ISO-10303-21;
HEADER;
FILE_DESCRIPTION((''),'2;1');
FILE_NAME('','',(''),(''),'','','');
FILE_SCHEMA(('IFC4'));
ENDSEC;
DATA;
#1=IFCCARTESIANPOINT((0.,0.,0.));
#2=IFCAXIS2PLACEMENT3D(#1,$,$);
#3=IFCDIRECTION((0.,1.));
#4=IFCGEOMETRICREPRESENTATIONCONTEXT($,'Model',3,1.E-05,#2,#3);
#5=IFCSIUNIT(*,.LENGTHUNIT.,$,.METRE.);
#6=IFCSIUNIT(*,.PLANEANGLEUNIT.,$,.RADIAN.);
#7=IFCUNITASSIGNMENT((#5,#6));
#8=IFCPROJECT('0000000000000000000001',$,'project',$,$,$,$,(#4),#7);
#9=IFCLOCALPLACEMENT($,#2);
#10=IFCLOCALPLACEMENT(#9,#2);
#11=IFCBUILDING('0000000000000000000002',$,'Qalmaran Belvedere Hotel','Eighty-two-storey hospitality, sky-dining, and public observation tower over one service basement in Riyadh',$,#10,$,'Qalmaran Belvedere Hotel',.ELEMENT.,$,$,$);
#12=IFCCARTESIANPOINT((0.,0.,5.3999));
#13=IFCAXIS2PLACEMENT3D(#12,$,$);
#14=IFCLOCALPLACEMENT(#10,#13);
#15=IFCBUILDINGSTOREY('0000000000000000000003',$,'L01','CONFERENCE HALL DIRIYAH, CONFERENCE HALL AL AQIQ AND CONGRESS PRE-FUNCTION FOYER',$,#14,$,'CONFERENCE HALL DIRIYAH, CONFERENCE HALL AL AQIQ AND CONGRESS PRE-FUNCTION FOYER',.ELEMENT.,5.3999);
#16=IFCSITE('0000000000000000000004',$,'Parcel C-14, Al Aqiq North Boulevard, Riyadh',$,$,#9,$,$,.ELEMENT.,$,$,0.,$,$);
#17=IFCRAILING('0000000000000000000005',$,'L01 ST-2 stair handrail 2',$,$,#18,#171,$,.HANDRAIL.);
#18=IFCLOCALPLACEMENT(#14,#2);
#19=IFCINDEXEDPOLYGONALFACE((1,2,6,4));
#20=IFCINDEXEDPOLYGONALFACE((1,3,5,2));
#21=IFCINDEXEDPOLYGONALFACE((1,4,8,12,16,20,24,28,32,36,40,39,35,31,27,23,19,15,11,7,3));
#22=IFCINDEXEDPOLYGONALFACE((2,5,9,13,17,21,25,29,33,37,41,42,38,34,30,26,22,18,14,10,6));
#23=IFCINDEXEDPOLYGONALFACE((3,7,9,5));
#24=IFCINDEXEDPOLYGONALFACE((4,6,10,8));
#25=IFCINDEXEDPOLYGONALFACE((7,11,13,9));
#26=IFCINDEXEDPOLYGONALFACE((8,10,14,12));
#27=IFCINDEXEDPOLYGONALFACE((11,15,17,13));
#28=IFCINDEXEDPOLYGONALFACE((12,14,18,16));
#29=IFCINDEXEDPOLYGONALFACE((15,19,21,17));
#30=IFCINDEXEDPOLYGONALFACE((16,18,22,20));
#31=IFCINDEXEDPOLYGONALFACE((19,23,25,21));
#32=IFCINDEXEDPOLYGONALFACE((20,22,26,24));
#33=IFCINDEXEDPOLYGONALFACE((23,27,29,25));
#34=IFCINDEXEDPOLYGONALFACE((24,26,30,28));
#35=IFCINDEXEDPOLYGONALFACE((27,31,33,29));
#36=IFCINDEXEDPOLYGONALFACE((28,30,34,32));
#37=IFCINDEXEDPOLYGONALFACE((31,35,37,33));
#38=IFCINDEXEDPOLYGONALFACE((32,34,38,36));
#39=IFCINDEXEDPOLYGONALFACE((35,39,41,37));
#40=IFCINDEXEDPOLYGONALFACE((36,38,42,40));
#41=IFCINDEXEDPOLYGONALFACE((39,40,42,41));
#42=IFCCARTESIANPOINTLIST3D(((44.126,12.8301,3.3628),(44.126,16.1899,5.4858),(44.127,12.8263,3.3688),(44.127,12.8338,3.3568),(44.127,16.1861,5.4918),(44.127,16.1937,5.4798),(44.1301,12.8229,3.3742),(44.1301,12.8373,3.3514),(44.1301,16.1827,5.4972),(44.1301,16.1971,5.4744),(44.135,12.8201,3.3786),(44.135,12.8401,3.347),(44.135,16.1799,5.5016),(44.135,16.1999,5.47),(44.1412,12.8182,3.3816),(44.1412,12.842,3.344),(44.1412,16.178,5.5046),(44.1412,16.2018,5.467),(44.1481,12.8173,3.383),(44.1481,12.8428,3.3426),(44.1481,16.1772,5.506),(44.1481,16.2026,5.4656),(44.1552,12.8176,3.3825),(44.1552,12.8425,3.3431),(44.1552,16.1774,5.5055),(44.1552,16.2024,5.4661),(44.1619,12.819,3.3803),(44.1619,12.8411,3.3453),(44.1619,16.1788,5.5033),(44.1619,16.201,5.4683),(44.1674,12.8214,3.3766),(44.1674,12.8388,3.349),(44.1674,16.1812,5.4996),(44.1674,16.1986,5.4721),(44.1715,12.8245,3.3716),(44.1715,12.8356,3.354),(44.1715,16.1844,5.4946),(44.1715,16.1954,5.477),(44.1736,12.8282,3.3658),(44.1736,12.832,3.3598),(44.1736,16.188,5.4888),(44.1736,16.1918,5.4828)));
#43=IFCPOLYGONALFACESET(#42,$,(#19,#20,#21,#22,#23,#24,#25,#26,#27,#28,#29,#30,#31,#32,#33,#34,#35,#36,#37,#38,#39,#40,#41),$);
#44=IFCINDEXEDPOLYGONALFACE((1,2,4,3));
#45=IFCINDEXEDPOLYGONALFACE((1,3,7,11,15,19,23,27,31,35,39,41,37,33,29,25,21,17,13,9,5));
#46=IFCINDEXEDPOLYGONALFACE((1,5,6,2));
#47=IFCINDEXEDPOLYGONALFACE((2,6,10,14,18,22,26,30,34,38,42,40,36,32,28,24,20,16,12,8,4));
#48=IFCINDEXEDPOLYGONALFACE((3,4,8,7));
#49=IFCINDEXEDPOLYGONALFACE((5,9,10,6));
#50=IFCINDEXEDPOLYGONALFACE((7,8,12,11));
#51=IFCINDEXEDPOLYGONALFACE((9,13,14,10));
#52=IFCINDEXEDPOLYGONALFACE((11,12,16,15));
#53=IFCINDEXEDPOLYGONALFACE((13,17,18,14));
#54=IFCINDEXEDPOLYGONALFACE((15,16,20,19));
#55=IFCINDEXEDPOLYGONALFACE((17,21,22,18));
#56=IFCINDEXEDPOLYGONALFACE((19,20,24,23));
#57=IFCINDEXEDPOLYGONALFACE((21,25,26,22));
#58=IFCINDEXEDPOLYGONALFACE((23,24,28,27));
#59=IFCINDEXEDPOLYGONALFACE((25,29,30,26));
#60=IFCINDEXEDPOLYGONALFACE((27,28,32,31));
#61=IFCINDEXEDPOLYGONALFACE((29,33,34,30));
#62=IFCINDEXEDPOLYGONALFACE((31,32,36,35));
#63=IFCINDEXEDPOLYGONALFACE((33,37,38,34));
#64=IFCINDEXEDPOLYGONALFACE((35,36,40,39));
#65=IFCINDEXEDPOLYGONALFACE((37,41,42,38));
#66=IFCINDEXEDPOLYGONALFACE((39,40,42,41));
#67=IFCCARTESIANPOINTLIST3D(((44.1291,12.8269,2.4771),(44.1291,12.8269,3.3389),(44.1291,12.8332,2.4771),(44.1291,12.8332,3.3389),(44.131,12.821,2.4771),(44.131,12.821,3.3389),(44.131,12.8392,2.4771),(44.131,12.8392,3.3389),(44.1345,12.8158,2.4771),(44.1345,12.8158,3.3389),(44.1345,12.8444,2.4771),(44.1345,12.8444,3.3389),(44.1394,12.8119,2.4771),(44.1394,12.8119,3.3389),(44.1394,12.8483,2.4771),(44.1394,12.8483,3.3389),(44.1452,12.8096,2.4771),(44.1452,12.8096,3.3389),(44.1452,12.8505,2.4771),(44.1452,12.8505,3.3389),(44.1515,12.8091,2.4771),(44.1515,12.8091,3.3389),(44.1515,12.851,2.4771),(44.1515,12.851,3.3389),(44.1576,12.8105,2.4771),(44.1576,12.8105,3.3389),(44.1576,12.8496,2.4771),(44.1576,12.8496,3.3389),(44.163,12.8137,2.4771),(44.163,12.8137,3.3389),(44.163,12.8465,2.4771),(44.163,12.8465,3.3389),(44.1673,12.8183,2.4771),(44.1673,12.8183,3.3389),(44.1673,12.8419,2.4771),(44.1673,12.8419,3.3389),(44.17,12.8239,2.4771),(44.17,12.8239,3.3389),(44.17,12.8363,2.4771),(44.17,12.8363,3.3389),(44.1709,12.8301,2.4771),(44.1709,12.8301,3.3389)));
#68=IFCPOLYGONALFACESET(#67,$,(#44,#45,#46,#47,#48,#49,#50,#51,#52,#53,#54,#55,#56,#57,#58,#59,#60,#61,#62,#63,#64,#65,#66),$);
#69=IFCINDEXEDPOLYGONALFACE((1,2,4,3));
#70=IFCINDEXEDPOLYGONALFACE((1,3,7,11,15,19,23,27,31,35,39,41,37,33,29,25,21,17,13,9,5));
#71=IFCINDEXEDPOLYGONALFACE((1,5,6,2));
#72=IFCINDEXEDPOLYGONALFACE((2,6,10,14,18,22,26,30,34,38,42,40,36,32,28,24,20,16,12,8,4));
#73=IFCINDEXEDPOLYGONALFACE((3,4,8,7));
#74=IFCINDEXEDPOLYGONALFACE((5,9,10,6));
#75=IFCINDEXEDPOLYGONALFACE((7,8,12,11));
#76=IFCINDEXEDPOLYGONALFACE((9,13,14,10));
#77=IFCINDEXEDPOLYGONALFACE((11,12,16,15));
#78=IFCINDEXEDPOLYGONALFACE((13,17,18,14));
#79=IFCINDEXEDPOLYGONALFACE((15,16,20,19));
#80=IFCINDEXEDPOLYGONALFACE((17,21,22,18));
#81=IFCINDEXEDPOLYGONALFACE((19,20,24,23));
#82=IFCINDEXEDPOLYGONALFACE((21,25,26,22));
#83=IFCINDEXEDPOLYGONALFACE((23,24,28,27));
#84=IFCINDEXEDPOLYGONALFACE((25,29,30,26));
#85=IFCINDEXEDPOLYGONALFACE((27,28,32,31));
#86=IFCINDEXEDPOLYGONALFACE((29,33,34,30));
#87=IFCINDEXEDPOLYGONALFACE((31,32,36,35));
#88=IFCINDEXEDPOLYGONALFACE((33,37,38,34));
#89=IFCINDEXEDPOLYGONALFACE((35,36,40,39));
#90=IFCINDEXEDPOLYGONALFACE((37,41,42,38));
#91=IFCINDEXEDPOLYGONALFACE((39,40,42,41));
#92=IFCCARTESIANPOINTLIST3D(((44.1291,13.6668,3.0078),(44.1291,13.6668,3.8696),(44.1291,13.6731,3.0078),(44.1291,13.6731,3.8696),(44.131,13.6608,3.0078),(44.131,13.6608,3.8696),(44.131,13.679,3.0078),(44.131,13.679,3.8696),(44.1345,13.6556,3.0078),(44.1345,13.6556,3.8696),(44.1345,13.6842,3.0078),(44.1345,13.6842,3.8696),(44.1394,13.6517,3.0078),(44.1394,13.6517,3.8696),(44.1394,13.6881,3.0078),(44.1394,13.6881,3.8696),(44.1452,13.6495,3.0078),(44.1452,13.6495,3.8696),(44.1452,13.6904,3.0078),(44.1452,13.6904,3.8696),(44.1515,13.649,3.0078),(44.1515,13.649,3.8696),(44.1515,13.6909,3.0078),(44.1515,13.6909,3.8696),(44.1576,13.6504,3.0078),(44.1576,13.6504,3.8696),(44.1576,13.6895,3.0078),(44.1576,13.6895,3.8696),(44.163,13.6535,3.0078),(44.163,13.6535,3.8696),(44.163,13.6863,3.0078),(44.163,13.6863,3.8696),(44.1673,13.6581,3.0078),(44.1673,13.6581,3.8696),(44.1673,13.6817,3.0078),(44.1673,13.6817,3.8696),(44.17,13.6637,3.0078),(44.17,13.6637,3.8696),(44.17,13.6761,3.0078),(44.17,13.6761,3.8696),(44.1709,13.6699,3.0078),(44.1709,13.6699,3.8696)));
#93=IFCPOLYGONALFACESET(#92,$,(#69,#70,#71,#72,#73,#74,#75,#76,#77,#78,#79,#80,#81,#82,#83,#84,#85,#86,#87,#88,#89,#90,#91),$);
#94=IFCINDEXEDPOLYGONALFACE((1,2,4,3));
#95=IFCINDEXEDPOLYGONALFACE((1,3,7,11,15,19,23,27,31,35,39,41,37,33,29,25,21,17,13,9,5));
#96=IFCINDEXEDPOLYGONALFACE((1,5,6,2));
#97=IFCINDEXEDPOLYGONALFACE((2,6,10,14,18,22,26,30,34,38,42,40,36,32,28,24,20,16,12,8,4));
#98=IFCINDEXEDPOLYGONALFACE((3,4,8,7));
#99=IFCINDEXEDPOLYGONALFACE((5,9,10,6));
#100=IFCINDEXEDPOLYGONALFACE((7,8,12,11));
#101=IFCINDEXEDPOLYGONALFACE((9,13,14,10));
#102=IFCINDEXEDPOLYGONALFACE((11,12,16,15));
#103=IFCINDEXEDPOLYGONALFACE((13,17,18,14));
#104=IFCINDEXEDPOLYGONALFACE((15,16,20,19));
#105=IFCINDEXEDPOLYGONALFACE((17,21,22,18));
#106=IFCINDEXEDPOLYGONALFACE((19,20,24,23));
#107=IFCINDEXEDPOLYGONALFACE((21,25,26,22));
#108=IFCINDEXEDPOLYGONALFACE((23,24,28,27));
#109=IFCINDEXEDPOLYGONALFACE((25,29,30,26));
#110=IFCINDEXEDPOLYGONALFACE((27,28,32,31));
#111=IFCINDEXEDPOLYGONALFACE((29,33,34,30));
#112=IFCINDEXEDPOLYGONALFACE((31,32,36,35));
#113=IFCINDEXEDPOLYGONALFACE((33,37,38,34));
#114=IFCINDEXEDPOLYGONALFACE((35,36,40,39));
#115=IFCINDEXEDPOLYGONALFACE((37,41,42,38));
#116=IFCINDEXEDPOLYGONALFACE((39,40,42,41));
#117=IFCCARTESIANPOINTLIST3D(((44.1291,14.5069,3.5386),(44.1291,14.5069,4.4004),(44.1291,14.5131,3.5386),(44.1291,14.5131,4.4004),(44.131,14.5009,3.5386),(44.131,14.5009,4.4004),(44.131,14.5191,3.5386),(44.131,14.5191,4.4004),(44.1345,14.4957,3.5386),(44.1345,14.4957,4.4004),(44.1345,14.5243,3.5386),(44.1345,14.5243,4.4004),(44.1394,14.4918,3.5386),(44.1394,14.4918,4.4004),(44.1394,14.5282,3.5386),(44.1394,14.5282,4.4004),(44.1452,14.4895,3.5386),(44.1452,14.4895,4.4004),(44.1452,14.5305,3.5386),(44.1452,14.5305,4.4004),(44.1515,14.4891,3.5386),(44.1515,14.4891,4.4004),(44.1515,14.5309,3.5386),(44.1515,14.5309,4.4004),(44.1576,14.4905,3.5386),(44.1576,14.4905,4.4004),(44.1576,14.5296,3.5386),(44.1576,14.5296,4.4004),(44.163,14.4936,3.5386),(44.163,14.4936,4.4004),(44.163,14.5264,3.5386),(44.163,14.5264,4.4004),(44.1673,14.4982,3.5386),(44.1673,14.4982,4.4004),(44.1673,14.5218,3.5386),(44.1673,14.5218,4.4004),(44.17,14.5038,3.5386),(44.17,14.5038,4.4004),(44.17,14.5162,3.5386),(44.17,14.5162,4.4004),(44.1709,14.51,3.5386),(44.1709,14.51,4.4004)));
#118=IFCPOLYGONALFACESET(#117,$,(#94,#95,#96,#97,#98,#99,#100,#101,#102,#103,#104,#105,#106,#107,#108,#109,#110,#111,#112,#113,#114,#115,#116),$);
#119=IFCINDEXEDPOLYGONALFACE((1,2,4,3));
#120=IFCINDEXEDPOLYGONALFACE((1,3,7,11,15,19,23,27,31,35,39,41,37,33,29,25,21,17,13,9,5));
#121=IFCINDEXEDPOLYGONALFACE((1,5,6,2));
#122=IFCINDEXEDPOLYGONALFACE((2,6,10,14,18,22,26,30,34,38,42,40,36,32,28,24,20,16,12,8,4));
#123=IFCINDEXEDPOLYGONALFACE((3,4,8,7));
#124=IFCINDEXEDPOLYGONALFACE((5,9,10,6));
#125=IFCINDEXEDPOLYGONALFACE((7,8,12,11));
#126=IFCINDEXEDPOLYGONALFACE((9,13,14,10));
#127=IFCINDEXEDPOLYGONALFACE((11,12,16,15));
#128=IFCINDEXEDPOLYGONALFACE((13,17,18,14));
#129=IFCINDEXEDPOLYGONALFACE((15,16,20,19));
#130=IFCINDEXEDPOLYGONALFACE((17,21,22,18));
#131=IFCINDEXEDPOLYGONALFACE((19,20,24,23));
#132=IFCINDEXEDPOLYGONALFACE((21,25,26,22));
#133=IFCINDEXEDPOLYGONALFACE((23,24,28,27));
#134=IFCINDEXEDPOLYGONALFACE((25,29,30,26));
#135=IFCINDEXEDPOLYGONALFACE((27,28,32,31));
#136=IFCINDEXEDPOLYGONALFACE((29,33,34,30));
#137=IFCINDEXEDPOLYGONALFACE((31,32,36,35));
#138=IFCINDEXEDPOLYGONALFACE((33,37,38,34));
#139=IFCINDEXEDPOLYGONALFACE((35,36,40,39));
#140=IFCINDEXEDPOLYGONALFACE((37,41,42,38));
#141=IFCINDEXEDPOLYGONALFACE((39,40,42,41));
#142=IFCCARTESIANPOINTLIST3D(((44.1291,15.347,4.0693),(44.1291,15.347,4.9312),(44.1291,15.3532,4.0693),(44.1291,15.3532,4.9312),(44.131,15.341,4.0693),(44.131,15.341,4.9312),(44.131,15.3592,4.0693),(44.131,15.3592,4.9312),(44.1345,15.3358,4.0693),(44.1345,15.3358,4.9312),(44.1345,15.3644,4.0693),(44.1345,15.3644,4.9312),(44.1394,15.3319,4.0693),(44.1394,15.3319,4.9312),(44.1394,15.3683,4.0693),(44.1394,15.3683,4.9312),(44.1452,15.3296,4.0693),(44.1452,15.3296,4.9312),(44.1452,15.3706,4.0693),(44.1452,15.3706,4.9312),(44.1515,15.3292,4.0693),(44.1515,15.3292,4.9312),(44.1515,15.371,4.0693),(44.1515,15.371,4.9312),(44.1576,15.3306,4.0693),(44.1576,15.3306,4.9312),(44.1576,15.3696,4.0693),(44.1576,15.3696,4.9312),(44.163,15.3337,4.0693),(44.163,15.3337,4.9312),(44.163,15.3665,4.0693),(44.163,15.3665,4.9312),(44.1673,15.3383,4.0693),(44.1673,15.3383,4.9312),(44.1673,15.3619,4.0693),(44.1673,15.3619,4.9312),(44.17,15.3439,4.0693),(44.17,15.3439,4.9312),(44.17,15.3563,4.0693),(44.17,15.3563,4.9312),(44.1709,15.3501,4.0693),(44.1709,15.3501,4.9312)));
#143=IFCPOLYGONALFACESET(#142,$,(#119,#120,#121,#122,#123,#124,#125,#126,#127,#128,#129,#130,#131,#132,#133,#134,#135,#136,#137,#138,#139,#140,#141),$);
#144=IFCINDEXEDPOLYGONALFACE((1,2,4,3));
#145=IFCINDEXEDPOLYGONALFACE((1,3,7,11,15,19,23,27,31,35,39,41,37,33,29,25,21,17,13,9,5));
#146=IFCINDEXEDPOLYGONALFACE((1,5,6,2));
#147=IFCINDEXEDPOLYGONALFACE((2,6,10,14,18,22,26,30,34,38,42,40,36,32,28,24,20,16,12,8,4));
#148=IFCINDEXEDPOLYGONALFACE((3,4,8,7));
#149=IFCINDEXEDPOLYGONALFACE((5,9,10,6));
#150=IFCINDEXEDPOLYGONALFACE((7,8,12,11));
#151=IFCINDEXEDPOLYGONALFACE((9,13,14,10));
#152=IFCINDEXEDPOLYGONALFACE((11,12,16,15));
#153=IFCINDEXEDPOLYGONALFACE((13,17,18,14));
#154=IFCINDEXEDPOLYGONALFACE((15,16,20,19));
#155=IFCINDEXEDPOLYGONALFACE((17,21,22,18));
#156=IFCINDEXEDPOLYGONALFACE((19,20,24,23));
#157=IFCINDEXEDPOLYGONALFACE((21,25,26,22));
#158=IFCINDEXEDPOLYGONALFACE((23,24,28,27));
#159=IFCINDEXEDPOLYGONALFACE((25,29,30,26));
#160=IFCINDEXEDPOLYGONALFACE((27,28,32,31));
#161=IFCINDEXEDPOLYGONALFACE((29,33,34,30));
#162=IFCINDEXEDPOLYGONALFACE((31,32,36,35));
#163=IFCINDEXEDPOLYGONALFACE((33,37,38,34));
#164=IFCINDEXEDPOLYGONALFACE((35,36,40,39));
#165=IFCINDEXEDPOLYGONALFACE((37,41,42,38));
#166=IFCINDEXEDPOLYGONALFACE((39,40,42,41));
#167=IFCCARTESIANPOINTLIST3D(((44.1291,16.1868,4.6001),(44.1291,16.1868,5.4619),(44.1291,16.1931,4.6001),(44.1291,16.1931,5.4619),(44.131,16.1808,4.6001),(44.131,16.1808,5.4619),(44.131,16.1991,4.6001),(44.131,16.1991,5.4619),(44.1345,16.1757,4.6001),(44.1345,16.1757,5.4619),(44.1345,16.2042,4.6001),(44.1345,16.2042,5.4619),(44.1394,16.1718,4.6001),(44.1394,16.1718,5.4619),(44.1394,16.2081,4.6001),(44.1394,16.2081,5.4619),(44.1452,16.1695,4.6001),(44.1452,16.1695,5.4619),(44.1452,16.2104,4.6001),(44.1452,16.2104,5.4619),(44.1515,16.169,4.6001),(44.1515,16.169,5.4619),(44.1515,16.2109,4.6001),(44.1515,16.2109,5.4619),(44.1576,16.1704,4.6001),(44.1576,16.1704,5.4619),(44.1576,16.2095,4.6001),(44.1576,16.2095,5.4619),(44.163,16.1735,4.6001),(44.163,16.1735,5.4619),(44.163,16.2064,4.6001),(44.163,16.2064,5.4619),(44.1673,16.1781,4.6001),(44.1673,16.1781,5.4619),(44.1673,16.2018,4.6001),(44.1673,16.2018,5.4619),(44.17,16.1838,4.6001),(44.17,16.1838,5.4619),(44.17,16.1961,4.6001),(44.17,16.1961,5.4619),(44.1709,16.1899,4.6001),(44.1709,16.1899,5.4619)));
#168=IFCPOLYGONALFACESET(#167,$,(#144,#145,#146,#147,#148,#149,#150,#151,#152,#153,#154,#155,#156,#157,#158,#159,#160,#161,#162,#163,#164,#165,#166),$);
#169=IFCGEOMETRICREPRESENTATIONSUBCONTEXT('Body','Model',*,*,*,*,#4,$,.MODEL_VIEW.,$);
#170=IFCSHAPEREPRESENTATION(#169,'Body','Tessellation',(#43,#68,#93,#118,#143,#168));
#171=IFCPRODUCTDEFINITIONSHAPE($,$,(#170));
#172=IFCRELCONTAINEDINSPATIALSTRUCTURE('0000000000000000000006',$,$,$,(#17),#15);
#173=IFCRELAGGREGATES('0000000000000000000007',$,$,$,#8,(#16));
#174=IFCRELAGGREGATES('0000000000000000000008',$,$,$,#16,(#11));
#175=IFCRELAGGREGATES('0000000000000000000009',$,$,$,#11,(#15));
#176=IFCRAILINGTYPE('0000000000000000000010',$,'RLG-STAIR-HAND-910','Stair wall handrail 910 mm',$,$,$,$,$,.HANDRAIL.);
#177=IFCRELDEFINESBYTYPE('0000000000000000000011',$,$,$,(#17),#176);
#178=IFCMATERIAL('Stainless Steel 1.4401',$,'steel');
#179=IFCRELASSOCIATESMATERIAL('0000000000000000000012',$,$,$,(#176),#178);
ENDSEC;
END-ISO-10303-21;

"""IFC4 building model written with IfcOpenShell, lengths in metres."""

from ifc_helpers import new_model, si_unit, direction, frame, origin, origin_2d, place, context, subcontext, project, spatial, circle, extrude, material, type_object, element, save


model = new_model("IFC4")

# Units and contexts
model_context = context("Model", 3, precision=1e-05, world=origin(), true_north=direction((0.0, 1.0)))
body_context = subcontext(model_context, "Body", "Model", "MODEL_VIEW")
ifc_project = project(units=[si_unit("LENGTHUNIT", "METRE"), si_unit("PLANEANGLEUNIT", "RADIAN")], contexts=[model_context])

# Site, building, storey
site_placement = place(None, origin())
site = spatial("IfcSite", under=ifc_project, at=site_placement, Name="Parcel C-14, Al Aqiq North Boulevard, Riyadh", CompositionType="ELEMENT", RefElevation=0.0)
building_placement = place(site_placement, origin())
building = spatial("IfcBuilding", under=site, at=building_placement, Name="Qalmaran Belvedere Hotel", Description="Eighty-two-storey hospitality, sky-dining, and public observation tower over one service basement in Riyadh", LongName="Qalmaran Belvedere Hotel", CompositionType="ELEMENT")
storey_placement = place(building_placement, frame((0.0, 0.0, 5.3999)))
storey = spatial("IfcBuildingStorey", under=building, at=storey_placement, Name="L01", Description="CONFERENCE HALL DIRIYAH, CONFERENCE HALL AL AQIQ AND CONGRESS PRE-FUNCTION FOYER", LongName="CONFERENCE HALL DIRIYAH, CONFERENCE HALL AL AQIQ AND CONGRESS PRE-FUNCTION FOYER", CompositionType="ELEMENT", Elevation=5.3999)

# Shared definitions
ifc_material_1 = material(Name="Stainless Steel 1.4401", Category="steel")

# Railing
railing_type_1 = type_object("IfcRailingType", Name="RLG-STAIR-HAND-910", Description="Stair wall handrail 910 mm", PredefinedType="HANDRAIL", material=ifc_material_1)
railing_1_placement = place(storey_placement, frame((44.1499, 12.8301, 2.4771)))
element("IfcRailing", 1, at=railing_1_placement, inside=storey, type_object=railing_type_1, Name="L01 ST-2 stair handrail 2", PredefinedType="HANDRAIL", context=body_context, shape_type="SweptSolid", body=[
    extrude(circle(Radius=0.0239, at=origin_2d()), frame((0.0, 0.0, 0.8857), z_axis=(0.0, 0.845372, 0.534178), x_axis=(-1.0, 0.0, 0.0)), (0.0, 0.0, 1.0), 3.9744),
    extrude(circle(Radius=0.021, at=origin_2d()), origin(), (0.0, 0.0, 1.0), 0.8618),
    extrude(circle(Radius=0.021, at=origin_2d()), frame((0.0, 0.8398, 0.5308)), (0.0, 0.0, 1.0), 0.8618),
    extrude(circle(Radius=0.021, at=origin_2d()), frame((0.0, 1.6799, 1.0615)), (0.0, 0.0, 1.0), 0.8618),
    extrude(circle(Radius=0.021, at=origin_2d()), frame((0.0, 2.52, 1.5923)), (0.0, 0.0, 1.0), 0.8618),
    extrude(circle(Radius=0.021, at=origin_2d()), frame((0.0, 3.3599, 2.123)), (0.0, 0.0, 1.0), 0.8618),
])

save(model, "model.ifc")
